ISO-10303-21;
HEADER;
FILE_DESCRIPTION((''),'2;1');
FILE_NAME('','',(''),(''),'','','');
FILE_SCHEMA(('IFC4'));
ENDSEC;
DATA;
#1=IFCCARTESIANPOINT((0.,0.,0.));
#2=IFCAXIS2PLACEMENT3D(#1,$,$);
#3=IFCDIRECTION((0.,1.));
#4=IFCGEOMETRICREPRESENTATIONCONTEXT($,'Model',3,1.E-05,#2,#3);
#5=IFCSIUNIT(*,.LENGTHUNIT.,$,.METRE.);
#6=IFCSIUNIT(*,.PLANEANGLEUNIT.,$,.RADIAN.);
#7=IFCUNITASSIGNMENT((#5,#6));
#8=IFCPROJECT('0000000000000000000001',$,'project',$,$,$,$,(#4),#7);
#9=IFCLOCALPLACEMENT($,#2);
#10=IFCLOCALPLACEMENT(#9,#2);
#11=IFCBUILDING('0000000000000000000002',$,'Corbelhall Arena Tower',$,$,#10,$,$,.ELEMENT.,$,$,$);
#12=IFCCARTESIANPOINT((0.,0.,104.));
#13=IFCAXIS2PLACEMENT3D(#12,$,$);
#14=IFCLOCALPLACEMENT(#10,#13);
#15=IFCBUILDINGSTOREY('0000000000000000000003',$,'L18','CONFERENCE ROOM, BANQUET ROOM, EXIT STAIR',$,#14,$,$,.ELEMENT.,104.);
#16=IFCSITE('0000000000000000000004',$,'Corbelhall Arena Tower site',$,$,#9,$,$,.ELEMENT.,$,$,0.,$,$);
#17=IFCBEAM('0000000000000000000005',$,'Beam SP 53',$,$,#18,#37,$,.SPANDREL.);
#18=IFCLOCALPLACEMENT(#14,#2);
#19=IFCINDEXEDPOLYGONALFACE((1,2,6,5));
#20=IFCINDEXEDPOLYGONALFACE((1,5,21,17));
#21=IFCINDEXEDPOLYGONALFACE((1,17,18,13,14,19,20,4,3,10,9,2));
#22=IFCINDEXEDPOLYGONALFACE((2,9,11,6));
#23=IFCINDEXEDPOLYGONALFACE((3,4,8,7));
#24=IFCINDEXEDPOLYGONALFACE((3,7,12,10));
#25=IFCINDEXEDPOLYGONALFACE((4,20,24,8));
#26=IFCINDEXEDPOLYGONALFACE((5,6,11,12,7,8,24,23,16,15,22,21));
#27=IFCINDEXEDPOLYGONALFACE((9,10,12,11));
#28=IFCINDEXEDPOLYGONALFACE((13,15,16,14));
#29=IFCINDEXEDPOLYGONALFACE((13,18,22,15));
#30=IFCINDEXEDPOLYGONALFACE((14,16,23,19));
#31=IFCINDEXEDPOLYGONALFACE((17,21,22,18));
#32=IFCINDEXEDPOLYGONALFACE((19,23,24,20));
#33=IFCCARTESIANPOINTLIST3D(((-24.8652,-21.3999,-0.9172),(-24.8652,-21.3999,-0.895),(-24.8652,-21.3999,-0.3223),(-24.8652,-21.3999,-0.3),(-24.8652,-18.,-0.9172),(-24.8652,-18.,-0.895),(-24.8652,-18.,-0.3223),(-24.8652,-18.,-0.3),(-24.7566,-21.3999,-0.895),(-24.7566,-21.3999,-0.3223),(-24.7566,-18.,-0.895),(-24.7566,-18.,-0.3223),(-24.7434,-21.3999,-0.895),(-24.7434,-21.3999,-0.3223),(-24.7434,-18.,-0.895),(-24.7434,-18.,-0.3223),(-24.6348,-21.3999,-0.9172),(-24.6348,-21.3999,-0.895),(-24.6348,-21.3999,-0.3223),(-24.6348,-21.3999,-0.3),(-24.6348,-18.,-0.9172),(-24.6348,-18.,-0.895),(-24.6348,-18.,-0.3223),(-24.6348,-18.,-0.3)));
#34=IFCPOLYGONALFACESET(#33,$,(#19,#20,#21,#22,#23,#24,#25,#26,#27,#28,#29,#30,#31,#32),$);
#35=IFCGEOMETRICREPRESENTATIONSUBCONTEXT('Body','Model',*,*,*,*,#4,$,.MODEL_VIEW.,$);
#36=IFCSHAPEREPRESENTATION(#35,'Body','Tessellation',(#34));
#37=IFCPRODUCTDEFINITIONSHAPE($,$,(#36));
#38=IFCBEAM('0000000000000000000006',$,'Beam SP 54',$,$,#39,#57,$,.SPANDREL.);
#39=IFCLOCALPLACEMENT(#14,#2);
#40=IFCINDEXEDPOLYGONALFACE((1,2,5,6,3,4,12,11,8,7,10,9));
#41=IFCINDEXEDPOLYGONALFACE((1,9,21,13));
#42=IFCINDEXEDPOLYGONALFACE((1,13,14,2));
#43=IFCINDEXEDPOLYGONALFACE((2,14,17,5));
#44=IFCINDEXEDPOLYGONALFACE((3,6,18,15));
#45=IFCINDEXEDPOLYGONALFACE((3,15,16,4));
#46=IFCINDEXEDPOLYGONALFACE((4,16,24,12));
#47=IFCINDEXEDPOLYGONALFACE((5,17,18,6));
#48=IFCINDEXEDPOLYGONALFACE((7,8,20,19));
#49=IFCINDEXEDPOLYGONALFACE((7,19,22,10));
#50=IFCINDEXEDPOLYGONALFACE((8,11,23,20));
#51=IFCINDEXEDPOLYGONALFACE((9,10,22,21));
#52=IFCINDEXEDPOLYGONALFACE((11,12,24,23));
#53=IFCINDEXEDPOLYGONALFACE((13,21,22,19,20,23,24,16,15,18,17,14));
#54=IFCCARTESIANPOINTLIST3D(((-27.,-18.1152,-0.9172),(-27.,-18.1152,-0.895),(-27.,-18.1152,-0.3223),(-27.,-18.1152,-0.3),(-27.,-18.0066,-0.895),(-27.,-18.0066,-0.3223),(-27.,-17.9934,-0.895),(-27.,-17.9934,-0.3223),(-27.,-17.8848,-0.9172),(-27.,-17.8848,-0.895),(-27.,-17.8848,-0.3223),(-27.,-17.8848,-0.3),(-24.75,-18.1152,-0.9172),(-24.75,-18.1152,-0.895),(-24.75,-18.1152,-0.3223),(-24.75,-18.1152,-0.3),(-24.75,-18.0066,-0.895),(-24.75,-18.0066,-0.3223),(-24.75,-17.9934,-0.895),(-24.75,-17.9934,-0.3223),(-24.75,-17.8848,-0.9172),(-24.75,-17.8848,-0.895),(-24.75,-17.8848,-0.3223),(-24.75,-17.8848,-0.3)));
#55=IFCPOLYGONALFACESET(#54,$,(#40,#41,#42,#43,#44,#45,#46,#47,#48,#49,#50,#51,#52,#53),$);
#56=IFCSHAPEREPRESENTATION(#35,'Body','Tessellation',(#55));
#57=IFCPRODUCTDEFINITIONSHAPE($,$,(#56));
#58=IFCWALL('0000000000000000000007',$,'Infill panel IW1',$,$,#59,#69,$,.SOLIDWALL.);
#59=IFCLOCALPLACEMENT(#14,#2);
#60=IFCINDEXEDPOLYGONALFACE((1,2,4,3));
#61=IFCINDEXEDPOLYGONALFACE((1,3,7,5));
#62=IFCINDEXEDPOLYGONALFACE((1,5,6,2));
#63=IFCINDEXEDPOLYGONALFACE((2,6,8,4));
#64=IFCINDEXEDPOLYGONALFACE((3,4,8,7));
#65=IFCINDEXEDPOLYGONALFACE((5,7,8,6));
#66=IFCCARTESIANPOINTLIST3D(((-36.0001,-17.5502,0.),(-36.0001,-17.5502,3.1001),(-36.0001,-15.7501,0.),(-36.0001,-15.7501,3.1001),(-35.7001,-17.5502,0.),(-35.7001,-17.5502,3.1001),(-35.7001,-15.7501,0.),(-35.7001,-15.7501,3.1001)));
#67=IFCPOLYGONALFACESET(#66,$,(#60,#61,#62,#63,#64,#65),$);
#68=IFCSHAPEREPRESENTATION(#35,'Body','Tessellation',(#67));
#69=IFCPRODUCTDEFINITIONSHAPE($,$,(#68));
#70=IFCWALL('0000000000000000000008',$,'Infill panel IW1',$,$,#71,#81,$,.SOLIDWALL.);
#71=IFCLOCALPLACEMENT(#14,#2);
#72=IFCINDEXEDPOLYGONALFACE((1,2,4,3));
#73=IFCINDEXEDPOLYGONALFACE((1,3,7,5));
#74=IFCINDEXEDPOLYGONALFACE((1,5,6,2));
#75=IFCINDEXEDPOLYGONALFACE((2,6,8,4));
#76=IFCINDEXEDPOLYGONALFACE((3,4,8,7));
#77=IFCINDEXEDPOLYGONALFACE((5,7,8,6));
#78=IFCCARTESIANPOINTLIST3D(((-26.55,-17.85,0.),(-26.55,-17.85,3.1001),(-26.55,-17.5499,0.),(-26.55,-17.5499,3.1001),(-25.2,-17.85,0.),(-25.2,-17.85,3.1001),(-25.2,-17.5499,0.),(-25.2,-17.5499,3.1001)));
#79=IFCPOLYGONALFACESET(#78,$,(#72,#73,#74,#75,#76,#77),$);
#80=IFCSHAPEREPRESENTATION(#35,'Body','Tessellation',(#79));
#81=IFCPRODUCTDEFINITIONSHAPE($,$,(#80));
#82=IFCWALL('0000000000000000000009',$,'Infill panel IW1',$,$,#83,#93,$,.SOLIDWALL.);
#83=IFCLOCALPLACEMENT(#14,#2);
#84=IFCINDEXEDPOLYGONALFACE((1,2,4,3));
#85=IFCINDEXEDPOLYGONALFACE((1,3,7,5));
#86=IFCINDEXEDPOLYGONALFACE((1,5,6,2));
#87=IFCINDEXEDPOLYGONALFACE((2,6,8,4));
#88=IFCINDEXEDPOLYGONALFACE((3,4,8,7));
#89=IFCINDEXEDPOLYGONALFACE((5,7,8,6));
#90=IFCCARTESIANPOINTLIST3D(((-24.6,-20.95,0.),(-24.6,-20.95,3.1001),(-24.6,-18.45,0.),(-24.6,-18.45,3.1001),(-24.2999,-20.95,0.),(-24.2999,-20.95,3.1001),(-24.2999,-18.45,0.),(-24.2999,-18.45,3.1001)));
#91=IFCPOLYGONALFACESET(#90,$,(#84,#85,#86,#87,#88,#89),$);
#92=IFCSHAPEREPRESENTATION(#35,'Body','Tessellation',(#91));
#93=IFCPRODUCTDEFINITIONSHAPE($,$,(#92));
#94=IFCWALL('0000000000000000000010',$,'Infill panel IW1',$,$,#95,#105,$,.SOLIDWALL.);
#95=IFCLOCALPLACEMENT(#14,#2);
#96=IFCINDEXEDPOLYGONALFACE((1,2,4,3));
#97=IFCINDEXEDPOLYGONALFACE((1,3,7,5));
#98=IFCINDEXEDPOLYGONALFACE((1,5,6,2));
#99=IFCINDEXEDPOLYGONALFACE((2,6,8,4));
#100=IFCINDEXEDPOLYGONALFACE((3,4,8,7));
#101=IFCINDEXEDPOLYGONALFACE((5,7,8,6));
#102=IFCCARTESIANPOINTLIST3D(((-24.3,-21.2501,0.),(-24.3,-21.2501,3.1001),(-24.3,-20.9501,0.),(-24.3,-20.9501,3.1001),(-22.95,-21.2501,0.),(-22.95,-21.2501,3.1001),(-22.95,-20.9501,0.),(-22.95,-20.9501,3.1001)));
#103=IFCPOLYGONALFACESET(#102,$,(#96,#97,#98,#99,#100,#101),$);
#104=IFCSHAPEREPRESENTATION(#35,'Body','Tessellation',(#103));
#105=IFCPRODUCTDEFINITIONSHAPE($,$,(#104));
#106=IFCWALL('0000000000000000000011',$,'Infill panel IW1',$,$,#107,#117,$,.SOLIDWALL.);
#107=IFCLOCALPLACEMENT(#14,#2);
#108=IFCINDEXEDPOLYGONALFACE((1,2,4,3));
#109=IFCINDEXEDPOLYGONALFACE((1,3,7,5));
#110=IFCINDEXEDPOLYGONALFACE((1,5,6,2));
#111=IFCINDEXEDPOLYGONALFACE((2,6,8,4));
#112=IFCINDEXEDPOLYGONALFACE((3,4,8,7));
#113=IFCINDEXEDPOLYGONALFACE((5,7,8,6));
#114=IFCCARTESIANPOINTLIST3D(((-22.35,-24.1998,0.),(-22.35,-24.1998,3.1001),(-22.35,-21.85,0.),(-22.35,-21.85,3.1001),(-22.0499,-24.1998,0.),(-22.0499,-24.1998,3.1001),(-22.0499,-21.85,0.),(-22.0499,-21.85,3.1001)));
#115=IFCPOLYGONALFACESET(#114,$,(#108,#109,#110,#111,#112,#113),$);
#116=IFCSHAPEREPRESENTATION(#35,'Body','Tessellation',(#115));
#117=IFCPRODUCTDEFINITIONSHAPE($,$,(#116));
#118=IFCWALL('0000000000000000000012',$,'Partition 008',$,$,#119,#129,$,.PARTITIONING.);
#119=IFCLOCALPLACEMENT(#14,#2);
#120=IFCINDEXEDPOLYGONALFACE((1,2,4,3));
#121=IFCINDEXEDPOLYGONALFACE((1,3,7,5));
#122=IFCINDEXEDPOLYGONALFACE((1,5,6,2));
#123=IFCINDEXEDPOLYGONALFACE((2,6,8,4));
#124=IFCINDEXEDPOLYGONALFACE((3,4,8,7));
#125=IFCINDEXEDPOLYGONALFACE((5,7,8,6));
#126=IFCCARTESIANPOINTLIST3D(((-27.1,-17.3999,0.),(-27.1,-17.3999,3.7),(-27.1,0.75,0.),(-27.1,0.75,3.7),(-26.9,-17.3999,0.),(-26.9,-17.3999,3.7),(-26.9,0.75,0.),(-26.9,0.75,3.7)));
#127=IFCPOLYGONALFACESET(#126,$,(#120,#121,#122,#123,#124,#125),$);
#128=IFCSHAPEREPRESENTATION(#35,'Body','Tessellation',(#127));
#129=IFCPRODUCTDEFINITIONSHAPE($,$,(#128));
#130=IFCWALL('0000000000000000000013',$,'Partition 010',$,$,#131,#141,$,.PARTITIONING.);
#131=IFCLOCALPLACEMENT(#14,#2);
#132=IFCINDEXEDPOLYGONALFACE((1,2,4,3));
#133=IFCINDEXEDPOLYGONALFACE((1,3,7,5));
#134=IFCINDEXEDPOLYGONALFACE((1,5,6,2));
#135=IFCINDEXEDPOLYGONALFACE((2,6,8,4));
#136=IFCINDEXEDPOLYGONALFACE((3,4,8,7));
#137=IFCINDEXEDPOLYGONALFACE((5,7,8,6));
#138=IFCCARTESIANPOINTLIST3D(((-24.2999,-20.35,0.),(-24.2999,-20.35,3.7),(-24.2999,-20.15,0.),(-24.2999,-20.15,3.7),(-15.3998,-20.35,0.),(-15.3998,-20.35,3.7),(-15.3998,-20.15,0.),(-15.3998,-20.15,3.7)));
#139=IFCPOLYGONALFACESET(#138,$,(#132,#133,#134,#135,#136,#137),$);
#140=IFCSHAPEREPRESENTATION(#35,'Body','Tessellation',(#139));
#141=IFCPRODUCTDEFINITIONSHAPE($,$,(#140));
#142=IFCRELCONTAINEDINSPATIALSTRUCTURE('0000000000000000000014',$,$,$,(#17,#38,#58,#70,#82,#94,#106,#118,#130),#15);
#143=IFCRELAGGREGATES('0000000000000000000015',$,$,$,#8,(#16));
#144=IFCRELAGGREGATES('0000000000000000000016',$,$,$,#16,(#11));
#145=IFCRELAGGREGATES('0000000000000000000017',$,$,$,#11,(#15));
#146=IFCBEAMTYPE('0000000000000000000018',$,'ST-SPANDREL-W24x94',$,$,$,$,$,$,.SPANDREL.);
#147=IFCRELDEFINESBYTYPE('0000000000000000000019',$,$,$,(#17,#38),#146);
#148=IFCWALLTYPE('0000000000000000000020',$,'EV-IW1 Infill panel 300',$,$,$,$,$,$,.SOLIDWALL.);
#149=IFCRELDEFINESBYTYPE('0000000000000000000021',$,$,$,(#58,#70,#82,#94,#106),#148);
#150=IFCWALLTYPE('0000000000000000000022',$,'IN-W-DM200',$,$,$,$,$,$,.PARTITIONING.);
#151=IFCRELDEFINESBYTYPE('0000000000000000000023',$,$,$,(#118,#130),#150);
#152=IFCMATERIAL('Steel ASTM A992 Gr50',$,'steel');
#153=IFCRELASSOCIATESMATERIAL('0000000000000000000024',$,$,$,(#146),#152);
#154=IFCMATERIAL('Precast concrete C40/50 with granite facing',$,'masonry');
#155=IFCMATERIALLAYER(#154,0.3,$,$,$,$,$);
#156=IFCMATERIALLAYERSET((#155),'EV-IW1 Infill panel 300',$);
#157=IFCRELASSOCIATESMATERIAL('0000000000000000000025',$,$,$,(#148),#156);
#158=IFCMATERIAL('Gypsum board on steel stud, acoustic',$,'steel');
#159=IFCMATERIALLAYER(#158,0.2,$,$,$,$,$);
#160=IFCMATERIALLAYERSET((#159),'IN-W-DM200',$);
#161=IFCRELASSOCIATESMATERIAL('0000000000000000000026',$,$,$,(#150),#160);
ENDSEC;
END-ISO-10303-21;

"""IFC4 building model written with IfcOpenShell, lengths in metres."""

from ifc_helpers import new_model, si_unit, direction, frame, frame_2d, origin, origin_2d, place, context, subcontext, project, spatial, rectangle, i_section, extrude, material, layer, layer_set, material_profile, profile_set, type_object, element, save


model = new_model("IFC4")

# Units and contexts
model_context = context("Model", 3, precision=1e-05, world=origin(), true_north=direction((0.0, 1.0)))
body_context = subcontext(model_context, "Body", "Model", "MODEL_VIEW")
ifc_project = project(units=[si_unit("LENGTHUNIT", "METRE"), si_unit("PLANEANGLEUNIT", "RADIAN")], contexts=[model_context])

# Site, building, storey
site_placement = place(None, origin())
site = spatial("IfcSite", under=ifc_project, at=site_placement, Name="Corbelhall Arena Tower site", CompositionType="ELEMENT", RefElevation=0.0)
building_placement = place(site_placement, origin())
building = spatial("IfcBuilding", under=site, at=building_placement, Name="Corbelhall Arena Tower", CompositionType="ELEMENT")
storey_placement = place(building_placement, frame((0.0, 0.0, 104.0)))
storey = spatial("IfcBuildingStorey", under=building, at=storey_placement, Name="L18", Description="CONFERENCE ROOM, BANQUET ROOM, EXIT STAIR", CompositionType="ELEMENT", Elevation=104.0)

# Beams
ifc_material_1 = material(Name="Steel ASTM A992 Gr50", Category="steel")
ifc_material_profile_1 = material_profile(ifc_material_1, i_section(OverallWidth=0.2305, OverallDepth=0.6172, WebThickness=0.0132, FlangeThickness=0.0222, at=origin_2d()))
ifc_profile_set_1 = profile_set([ifc_material_profile_1], Name="Steel ASTM A992 Gr50")
beam_type = type_object("IfcBeamType", Name="ST-SPANDREL-W24x94", PredefinedType="SPANDREL", material=ifc_profile_set_1)
beam_1_placement = place(storey_placement, frame((-24.75, -21.3999, -0.6086), z_axis=(0.0, 1.0, 0.0), x_axis=(-1.0, 0.0, 0.0)))
element("IfcBeam", 1, at=beam_1_placement, inside=storey, type_object=beam_type, Name="Beam SP 53", PredefinedType="SPANDREL", context=body_context, shape_type="SweptSolid", body=[
    extrude(i_section(OverallWidth=0.2305, OverallDepth=0.6172, WebThickness=0.0132, FlangeThickness=0.0222, at=origin_2d()), origin(), (0.0, 0.0, 1.0), 3.3999),
])
beam_2_placement = place(storey_placement, frame((-24.75, -18.0, -0.6086), z_axis=(-1.0, 0.0, 0.0), x_axis=(0.0, -1.0, 0.0)))
element("IfcBeam", 2, at=beam_2_placement, inside=storey, type_object=beam_type, Name="Beam SP 54", PredefinedType="SPANDREL", context=body_context, shape_type="SweptSolid", body=[
    extrude(i_section(OverallWidth=0.2305, OverallDepth=0.6172, WebThickness=0.0132, FlangeThickness=0.0222, at=origin_2d()), origin(), (0.0, 0.0, 1.0), 2.25),
])

# Wall
ifc_material_2 = material(Name="Precast concrete C40/50 with granite facing", Category="masonry")
ifc_layer_1 = layer(ifc_material_2, 0.3)
ifc_layer_set_1 = layer_set([ifc_layer_1], Name="EV-IW1 Infill panel 300")
wall_type_1 = type_object("IfcWallType", Name="EV-IW1 Infill panel 300", PredefinedType="SOLIDWALL", material=ifc_layer_set_1)
wall_1_placement = place(storey_placement, frame((-35.8501, -17.55, 0.0), z_axis=(0.0, 0.0, 1.0), x_axis=(0.0, 1.0, 0.0)))
element("IfcWall", 3, at=wall_1_placement, inside=storey, type_object=wall_type_1, Name="Infill panel IW1", PredefinedType="SOLIDWALL", context=body_context, shape_type="SweptSolid", body=[
    extrude(rectangle(XDim=1.8, YDim=0.3, at=frame_2d((0.8999, 0.0))), origin(), (0.0, 0.0, 1.0), 3.1001),
])

# Walls
wall_2_placement = place(storey_placement, frame((-26.55, -17.7, 0.0), z_axis=(0.0, 0.0, 1.0), x_axis=(1.0, 0.0, 0.0)))
element("IfcWall", 4, at=wall_2_placement, inside=storey, type_object=wall_type_1, Name="Infill panel IW1", PredefinedType="SOLIDWALL", context=body_context, shape_type="SweptSolid", body=[
    extrude(rectangle(XDim=1.3501, YDim=0.3, at=frame_2d((0.675, 0.0))), origin(), (0.0, 0.0, 1.0), 3.1001),
])
wall_3_placement = place(storey_placement, frame((-24.45, -18.45, 0.0), z_axis=(0.0, 0.0, 1.0), x_axis=(0.0, -1.0, 0.0)))
element("IfcWall", 5, at=wall_3_placement, inside=storey, type_object=wall_type_1, Name="Infill panel IW1", PredefinedType="SOLIDWALL", context=body_context, shape_type="SweptSolid", body=[
    extrude(rectangle(XDim=2.5, YDim=0.3, at=frame_2d((1.25, 0.0))), origin(), (0.0, 0.0, 1.0), 3.1001),
])
wall_4_placement = place(storey_placement, frame((-24.3, -21.1001, 0.0), z_axis=(0.0, 0.0, 1.0), x_axis=(1.0, 0.0, 0.0)))
element("IfcWall", 6, at=wall_4_placement, inside=storey, type_object=wall_type_1, Name="Infill panel IW1", PredefinedType="SOLIDWALL", context=body_context, shape_type="SweptSolid", body=[
    extrude(rectangle(XDim=1.3501, YDim=0.3, at=frame_2d((0.675, 0.0))), origin(), (0.0, 0.0, 1.0), 3.1001),
])
wall_5_placement = place(storey_placement, frame((-22.2, -21.8501, 0.0), z_axis=(0.0, 0.0, 1.0), x_axis=(0.0, -1.0, 0.0)))
element("IfcWall", 7, at=wall_5_placement, inside=storey, type_object=wall_type_1, Name="Infill panel IW1", PredefinedType="SOLIDWALL", context=body_context, shape_type="SweptSolid", body=[
    extrude(rectangle(XDim=2.3499, YDim=0.3, at=frame_2d((1.1748, 0.0))), origin(), (0.0, 0.0, 1.0), 3.1001),
])

# Walls
ifc_material_3 = material(Name="Gypsum board on steel stud, acoustic", Category="steel")
ifc_layer_2 = layer(ifc_material_3, 0.2)
ifc_layer_set_2 = layer_set([ifc_layer_2], Name="IN-W-DM200")
wall_type_2 = type_object("IfcWallType", Name="IN-W-DM200", PredefinedType="PARTITIONING", material=ifc_layer_set_2)
wall_6_placement = place(storey_placement, frame((-27.0, -17.3999, 0.0), z_axis=(0.0, 0.0, 1.0), x_axis=(0.0, 1.0, 0.0)))
element("IfcWall", 8, at=wall_6_placement, inside=storey, type_object=wall_type_2, Name="Partition 008", PredefinedType="PARTITIONING", context=body_context, shape_type="SweptSolid", body=[
    extrude(rectangle(XDim=18.1499, YDim=0.2, at=frame_2d((9.075, 0.0))), origin(), (0.0, 0.0, 1.0), 3.7),
])
wall_7_placement = place(storey_placement, frame((-24.3, -20.25, 0.0), z_axis=(0.0, 0.0, 1.0), x_axis=(1.0, 0.0, 0.0)))
element("IfcWall", 9, at=wall_7_placement, inside=storey, type_object=wall_type_2, Name="Partition 010", PredefinedType="PARTITIONING", context=body_context, shape_type="SweptSolid", body=[
    extrude(rectangle(XDim=8.9001, YDim=0.2, at=frame_2d((4.4502, 0.0))), origin(), (0.0, 0.0, 1.0), 3.7),
])

save(model, "model.ifc")
